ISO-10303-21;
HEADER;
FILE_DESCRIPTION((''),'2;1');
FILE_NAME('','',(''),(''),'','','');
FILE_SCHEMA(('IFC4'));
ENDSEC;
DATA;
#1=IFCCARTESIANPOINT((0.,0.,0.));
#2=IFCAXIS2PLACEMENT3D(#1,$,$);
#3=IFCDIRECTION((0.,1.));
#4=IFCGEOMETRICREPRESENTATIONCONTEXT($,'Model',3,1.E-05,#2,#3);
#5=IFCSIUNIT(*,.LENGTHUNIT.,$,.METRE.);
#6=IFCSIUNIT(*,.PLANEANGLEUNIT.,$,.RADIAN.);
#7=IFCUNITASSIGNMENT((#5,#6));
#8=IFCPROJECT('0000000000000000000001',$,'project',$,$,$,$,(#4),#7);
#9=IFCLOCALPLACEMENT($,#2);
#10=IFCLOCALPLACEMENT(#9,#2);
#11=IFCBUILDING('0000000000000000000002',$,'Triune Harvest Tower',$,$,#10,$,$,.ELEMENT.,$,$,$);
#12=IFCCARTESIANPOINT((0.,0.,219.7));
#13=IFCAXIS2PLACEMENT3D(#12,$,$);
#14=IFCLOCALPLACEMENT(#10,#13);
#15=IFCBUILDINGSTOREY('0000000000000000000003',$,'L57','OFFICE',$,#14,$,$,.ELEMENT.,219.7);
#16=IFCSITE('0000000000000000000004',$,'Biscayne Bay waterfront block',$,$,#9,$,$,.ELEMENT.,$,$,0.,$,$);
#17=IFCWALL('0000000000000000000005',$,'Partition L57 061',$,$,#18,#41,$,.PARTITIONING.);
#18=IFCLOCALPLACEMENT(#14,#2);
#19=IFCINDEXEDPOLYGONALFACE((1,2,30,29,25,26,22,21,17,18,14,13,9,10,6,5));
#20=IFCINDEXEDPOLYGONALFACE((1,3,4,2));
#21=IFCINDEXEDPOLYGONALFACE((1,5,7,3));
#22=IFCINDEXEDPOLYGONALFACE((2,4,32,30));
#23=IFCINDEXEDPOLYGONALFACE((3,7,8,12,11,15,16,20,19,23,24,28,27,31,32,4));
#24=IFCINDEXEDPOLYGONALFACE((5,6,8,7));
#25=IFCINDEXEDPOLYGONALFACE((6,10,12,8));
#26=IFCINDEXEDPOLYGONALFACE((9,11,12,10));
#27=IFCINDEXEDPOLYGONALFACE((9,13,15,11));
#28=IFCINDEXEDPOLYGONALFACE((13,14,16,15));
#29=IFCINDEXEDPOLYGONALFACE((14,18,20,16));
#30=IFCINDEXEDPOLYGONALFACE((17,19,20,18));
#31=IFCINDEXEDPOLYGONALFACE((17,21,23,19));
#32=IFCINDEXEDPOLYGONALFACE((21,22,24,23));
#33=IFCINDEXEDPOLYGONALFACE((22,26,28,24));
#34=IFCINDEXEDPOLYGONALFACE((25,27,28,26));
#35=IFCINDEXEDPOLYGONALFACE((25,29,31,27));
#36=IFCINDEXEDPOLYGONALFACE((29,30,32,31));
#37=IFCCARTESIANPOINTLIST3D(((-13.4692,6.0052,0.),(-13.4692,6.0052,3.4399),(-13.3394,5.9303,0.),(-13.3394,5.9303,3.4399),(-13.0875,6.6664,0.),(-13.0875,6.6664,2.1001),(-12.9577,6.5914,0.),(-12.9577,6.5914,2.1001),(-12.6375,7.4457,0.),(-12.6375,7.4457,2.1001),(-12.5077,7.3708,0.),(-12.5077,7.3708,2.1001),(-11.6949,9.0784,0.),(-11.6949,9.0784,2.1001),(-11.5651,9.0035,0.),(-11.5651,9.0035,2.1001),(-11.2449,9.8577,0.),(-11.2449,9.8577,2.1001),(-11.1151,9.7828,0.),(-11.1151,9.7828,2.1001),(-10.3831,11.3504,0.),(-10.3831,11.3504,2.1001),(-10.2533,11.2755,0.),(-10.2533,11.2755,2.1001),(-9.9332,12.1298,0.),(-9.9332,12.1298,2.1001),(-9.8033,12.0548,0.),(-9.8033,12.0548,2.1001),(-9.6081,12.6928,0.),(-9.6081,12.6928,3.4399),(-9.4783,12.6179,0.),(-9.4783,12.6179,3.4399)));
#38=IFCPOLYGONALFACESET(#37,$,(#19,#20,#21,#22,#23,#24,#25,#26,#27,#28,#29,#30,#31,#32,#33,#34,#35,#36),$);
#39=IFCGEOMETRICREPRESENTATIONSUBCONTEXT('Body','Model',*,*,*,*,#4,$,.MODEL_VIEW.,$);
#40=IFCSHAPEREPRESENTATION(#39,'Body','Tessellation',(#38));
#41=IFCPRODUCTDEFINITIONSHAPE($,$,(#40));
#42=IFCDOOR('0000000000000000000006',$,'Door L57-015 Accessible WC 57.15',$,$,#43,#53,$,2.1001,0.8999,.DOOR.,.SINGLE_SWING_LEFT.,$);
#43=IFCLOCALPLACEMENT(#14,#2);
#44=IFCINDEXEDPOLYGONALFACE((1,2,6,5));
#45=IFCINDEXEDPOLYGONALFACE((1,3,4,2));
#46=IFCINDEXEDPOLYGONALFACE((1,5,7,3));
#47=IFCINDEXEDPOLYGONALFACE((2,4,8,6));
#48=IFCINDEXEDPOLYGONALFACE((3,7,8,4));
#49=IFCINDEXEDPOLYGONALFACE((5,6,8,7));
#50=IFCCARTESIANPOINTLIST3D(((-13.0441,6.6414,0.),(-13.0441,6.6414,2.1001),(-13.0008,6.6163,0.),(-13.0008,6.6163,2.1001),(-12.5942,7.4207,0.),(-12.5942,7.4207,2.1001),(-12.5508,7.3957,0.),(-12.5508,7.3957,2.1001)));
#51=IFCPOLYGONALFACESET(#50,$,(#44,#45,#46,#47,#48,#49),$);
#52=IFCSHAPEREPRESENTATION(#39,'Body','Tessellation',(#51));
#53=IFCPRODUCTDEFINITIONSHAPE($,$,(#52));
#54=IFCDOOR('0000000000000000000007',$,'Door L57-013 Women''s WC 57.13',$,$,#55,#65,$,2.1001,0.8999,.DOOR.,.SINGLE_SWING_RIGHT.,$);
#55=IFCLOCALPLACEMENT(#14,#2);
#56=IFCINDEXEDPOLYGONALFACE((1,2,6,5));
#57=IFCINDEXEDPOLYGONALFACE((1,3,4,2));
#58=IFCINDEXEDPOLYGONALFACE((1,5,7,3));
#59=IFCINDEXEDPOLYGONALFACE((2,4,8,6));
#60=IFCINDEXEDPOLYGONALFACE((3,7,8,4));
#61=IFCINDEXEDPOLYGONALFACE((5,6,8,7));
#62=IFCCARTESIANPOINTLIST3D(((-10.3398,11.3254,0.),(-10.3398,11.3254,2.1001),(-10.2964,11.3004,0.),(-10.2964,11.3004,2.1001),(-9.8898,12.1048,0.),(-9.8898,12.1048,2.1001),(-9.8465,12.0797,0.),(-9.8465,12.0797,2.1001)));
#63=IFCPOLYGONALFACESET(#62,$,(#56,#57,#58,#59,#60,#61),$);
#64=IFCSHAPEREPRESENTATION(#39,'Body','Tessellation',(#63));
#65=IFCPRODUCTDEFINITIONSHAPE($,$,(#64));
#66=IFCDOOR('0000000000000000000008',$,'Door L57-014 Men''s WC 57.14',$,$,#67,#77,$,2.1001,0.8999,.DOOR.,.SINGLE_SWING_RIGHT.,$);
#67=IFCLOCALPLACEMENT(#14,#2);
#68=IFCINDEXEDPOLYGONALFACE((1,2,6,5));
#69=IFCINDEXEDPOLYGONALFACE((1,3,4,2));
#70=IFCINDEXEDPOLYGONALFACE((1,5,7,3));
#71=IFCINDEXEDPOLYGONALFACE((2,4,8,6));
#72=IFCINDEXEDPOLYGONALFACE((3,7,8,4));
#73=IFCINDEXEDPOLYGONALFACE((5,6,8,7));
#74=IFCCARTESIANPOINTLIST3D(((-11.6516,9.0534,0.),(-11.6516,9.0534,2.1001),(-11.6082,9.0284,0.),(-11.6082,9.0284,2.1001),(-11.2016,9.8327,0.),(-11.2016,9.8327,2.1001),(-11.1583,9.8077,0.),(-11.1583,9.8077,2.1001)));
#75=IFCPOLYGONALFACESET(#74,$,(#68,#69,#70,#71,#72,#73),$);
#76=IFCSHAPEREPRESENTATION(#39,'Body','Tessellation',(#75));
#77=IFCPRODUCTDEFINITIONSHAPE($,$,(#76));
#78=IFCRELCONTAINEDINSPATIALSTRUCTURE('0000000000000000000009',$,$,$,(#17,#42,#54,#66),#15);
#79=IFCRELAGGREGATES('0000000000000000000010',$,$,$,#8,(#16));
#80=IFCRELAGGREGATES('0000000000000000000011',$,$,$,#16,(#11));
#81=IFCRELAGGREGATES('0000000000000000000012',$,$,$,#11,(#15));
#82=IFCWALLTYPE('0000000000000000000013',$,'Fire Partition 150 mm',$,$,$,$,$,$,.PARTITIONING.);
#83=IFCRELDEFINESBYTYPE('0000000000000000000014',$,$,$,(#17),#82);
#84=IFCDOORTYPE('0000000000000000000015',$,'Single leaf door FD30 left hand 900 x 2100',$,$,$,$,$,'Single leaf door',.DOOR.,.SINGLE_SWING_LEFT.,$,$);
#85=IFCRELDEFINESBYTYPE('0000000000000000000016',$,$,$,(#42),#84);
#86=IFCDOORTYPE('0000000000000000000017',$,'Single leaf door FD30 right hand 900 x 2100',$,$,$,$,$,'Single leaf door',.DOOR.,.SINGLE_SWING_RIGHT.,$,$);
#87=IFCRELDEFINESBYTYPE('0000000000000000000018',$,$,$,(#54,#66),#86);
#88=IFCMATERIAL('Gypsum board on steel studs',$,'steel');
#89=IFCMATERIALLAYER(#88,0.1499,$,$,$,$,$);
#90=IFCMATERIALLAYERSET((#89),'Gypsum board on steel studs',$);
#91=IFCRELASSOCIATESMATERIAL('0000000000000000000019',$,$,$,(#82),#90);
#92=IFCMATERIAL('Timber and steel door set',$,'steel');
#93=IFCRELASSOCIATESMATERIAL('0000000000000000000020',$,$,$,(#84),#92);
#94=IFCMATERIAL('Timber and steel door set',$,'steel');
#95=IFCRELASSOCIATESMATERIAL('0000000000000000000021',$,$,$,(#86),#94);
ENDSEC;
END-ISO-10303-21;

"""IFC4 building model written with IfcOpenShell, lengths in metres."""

from ifc_helpers import new_model, si_unit, direction, frame, frame_2d, origin, place, context, subcontext, project, spatial, rectangle, extrude, source, transform, mapped, material, layer, layer_set, type_object, element, fill, save


model = new_model("IFC4")

# Units and contexts
model_context = context("Model", 3, precision=1e-05, world=origin(), true_north=direction((0.0, 1.0)))
body_context = subcontext(model_context, "Body", "Model", "MODEL_VIEW")
ifc_project = project(units=[si_unit("LENGTHUNIT", "METRE"), si_unit("PLANEANGLEUNIT", "RADIAN")], contexts=[model_context])

# Site, building, storey
site_placement = place(None, origin())
site = spatial("IfcSite", under=ifc_project, at=site_placement, Name="Biscayne Bay waterfront block", CompositionType="ELEMENT", RefElevation=0.0)
building_placement = place(site_placement, origin())
building = spatial("IfcBuilding", under=site, at=building_placement, Name="Triune Harvest Tower", CompositionType="ELEMENT")
storey_placement = place(building_placement, frame((0.0, 0.0, 219.7)))
storey = spatial("IfcBuildingStorey", under=building, at=storey_placement, Name="L57", Description="OFFICE", CompositionType="ELEMENT", Elevation=219.7)

# Shared definitions
ifc_material_1 = material(Name="Gypsum board on steel studs", Category="steel")
ifc_layer_1 = layer(ifc_material_1, 0.1499)
ifc_layer_set_1 = layer_set([ifc_layer_1], Name="Gypsum board on steel studs")
wall_type_1 = type_object("IfcWallType", Name="Fire Partition 150 mm", PredefinedType="PARTITIONING", material=ifc_layer_set_1)
ifc_material_2 = material(Name="Timber and steel door set", Category="steel")
door_type_1 = type_object("IfcDoorType", Name="Single leaf door FD30 left hand 900 x 2100", ElementType="Single leaf door", OperationType="SINGLE_SWING_LEFT", PredefinedType="DOOR", material=ifc_material_2)
ifc_material_3 = material(Name="Timber and steel door set", Category="steel")
door_type_2 = type_object("IfcDoorType", Name="Single leaf door FD30 right hand 900 x 2100", ElementType="Single leaf door", OperationType="SINGLE_SWING_RIGHT", PredefinedType="DOOR", material=ifc_material_3)

# Wall, openings, doors
shared_shape_1 = source(origin(), body_context, "Body", "SweptSolid", [
    extrude(rectangle(XDim=7.7222, YDim=0.1499, at=frame_2d((3.8611, 0.0))), origin(), (0.0, 0.0, 1.0), 3.4399),
])
wall_1_placement = place(storey_placement, frame((-13.4043, 5.9678, 0.0), z_axis=(0.0, 0.0, 1.0), x_axis=(0.500005, 0.866022, 0.0)))
wall_1 = element("IfcWall", 1, at=wall_1_placement, inside=storey, type_object=wall_type_1, Name="Partition L57 061", PredefinedType="PARTITIONING", context=body_context, shape_type="MappedRepresentation", body=[
    mapped(shared_shape_1, transform((0.0, 0.0, 0.0), scale=1.0)),
])
opening_1_placement = place(wall_1_placement, frame((6.1721, 0.0, 0.0)))
opening_1 = element("IfcOpeningElement", 2, at=opening_1_placement, cuts=wall_1, PredefinedType="OPENING", context=body_context, shape_type="SweptSolid", body=[
    extrude(rectangle(XDim=0.8999, YDim=2.1001, at=frame_2d((0.45, 1.05))), frame((0.0, 0.085, 0.0), z_axis=(0.0, -1.0, 0.0), x_axis=(1.0, 0.0, 0.0)), (0.0, 0.0, 1.0), 0.1699),
])
opening_2_placement = place(wall_1_placement, frame((3.5486, 0.0, 0.0)))
opening_2 = element("IfcOpeningElement", 3, at=opening_2_placement, cuts=wall_1, PredefinedType="OPENING", context=body_context, shape_type="SweptSolid", body=[
    extrude(rectangle(XDim=0.8999, YDim=2.1001, at=frame_2d((0.45, 1.05))), frame((0.0, 0.085, 0.0), z_axis=(0.0, -1.0, 0.0), x_axis=(1.0, 0.0, 0.0)), (0.0, 0.0, 1.0), 0.1699),
])
opening_3_placement = place(wall_1_placement, frame((0.7634, 0.0, 0.0)))
opening_3 = element("IfcOpeningElement", 4, at=opening_3_placement, cuts=wall_1, PredefinedType="OPENING", context=body_context, shape_type="SweptSolid", body=[
    extrude(rectangle(XDim=0.8999, YDim=2.1001, at=frame_2d((0.45, 1.05))), frame((0.0, 0.085, 0.0), z_axis=(0.0, -1.0, 0.0), x_axis=(1.0, 0.0, 0.0)), (0.0, 0.0, 1.0), 0.1699),
])
door_1_placement = place(opening_3_placement, origin())
door_1 = element("IfcDoor", 5, at=door_1_placement, inside=storey, type_object=door_type_1, Name="Door L57-015 Accessible WC 57.15", OperationType="SINGLE_SWING_LEFT", OverallHeight=2.1001, OverallWidth=0.8999, PredefinedType="DOOR", context=body_context, shape_type="SweptSolid", body=[
    extrude(rectangle(XDim=0.8999, YDim=2.1001, at=frame_2d((0.45, 1.05))), frame((0.0, 0.0249, 0.0), z_axis=(0.0, -1.0, 0.0), x_axis=(1.0, 0.0, 0.0)), (0.0, 0.0, 1.0), 0.05),
])
fill(opening_3, door_1)
door_2_placement = place(opening_1_placement, origin())
door_2 = element("IfcDoor", 6, at=door_2_placement, inside=storey, type_object=door_type_2, Name="Door L57-013 Women's WC 57.13", OperationType="SINGLE_SWING_RIGHT", OverallHeight=2.1001, OverallWidth=0.8999, PredefinedType="DOOR", context=body_context, shape_type="SweptSolid", body=[
    extrude(rectangle(XDim=0.8999, YDim=2.1001, at=frame_2d((0.45, 1.05))), frame((0.0, 0.0249, 0.0), z_axis=(0.0, -1.0, 0.0), x_axis=(1.0, 0.0, 0.0)), (0.0, 0.0, 1.0), 0.05),
])
fill(opening_1, door_2)
door_3_placement = place(opening_2_placement, origin())
door_3 = element("IfcDoor", 7, at=door_3_placement, inside=storey, type_object=door_type_2, Name="Door L57-014 Men's WC 57.14", OperationType="SINGLE_SWING_RIGHT", OverallHeight=2.1001, OverallWidth=0.8999, PredefinedType="DOOR", context=body_context, shape_type="SweptSolid", body=[
    extrude(rectangle(XDim=0.8999, YDim=2.1001, at=frame_2d((0.45, 1.05))), frame((0.0, 0.0249, 0.0), z_axis=(0.0, -1.0, 0.0), x_axis=(1.0, 0.0, 0.0)), (0.0, 0.0, 1.0), 0.05),
])
fill(opening_2, door_3)

save(model, "model.ifc")
